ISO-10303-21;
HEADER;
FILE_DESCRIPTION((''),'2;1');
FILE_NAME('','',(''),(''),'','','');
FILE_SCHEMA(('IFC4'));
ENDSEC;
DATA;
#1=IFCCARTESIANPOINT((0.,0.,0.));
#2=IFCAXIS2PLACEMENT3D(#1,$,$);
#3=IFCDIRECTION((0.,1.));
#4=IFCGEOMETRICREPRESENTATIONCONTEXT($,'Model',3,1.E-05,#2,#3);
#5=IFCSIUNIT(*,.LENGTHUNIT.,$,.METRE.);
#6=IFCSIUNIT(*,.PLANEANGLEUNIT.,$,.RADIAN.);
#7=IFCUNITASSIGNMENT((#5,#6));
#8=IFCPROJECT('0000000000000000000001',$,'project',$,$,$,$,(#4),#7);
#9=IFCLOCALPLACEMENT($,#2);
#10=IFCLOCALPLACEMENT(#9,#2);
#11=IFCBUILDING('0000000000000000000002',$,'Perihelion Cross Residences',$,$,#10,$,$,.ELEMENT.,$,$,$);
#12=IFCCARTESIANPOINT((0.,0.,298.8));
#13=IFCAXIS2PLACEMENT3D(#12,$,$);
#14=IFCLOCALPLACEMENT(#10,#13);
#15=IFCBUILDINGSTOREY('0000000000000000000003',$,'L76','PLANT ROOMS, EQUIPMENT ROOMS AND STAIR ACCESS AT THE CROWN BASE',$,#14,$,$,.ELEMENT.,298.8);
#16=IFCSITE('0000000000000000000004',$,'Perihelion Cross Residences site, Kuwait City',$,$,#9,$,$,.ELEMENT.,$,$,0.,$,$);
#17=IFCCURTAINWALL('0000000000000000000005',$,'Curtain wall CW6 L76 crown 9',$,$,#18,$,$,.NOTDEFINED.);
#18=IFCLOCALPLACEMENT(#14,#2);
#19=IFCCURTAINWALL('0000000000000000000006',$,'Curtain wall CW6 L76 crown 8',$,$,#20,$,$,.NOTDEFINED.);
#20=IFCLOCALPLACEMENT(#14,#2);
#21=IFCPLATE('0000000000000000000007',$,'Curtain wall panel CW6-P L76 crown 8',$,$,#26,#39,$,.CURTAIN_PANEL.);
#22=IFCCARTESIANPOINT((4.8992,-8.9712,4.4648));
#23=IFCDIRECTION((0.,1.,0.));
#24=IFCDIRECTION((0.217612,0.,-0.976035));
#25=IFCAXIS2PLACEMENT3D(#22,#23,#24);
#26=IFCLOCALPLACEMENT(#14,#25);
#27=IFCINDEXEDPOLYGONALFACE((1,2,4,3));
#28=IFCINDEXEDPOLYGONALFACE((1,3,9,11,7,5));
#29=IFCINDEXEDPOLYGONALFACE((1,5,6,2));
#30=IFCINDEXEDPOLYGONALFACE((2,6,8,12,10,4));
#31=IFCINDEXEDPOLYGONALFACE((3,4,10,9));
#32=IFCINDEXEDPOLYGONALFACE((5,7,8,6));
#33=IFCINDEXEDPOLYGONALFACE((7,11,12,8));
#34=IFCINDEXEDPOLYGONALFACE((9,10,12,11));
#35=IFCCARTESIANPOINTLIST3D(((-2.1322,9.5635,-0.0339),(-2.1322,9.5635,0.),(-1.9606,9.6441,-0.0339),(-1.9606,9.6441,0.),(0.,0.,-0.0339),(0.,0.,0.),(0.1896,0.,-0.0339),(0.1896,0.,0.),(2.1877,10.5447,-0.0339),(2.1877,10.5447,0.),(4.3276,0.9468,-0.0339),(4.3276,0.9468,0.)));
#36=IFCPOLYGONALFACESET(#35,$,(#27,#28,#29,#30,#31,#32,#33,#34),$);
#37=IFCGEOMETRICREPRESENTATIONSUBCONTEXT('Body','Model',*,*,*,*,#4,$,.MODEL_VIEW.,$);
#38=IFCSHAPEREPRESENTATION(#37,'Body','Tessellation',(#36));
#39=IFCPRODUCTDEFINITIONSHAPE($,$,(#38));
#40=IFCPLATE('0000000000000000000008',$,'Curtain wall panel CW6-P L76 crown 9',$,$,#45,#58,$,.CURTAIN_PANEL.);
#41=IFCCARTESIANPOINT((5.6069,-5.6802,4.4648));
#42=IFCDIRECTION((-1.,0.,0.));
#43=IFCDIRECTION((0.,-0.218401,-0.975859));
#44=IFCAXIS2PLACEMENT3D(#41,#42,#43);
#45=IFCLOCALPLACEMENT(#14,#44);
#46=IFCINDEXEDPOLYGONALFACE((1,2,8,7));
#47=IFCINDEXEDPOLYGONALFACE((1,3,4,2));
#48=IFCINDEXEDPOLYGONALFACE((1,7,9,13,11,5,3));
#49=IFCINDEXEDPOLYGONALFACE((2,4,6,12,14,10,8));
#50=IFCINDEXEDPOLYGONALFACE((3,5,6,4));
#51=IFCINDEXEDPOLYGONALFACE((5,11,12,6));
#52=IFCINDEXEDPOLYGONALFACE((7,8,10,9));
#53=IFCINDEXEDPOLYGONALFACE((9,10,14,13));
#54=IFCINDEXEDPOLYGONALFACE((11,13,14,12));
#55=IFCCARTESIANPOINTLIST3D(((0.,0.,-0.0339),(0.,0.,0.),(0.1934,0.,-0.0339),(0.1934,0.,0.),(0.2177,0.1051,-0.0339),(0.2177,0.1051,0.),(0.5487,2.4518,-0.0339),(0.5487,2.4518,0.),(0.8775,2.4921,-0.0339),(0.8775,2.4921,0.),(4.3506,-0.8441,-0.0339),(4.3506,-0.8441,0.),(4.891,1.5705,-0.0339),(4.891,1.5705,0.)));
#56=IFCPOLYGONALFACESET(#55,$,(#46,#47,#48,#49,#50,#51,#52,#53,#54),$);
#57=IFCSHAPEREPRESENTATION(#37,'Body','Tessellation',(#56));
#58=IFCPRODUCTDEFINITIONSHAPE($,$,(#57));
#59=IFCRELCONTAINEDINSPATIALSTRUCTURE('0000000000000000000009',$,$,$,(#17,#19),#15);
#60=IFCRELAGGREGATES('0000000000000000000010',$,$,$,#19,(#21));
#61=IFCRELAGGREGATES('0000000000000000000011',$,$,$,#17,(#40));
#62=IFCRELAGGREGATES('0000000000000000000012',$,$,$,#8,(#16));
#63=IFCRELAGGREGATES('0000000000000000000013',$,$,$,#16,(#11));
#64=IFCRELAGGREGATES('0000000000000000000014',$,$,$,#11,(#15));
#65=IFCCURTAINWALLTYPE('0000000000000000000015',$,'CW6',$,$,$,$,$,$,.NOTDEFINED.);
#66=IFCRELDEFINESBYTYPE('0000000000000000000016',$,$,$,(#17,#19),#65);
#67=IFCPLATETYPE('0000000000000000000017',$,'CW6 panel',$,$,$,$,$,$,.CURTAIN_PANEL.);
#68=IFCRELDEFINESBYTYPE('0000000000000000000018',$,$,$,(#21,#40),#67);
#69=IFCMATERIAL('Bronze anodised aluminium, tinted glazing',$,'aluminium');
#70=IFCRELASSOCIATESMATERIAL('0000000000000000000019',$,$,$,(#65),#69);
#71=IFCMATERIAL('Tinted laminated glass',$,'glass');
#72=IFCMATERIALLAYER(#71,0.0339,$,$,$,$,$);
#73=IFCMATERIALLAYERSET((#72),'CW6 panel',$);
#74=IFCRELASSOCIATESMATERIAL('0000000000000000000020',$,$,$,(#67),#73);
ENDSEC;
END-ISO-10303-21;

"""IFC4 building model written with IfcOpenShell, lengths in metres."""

from ifc_helpers import new_model, si_unit, direction, frame, origin, place, context, subcontext, project, spatial, polyline, outline, extrude, material, layer, layer_set, type_object, element, aggregate, save


model = new_model("IFC4")

# Units and contexts
model_context = context("Model", 3, precision=1e-05, world=origin(), true_north=direction((0.0, 1.0)))
body_context = subcontext(model_context, "Body", "Model", "MODEL_VIEW")
ifc_project = project(units=[si_unit("LENGTHUNIT", "METRE"), si_unit("PLANEANGLEUNIT", "RADIAN")], contexts=[model_context])

# Site, building, storey
site_placement = place(None, origin())
site = spatial("IfcSite", under=ifc_project, at=site_placement, Name="Perihelion Cross Residences site, Kuwait City", CompositionType="ELEMENT", RefElevation=0.0)
building_placement = place(site_placement, origin())
building = spatial("IfcBuilding", under=site, at=building_placement, Name="Perihelion Cross Residences", CompositionType="ELEMENT")
storey_placement = place(building_placement, frame((0.0, 0.0, 298.8)))
storey = spatial("IfcBuildingStorey", under=building, at=storey_placement, Name="L76", Description="PLANT ROOMS, EQUIPMENT ROOMS AND STAIR ACCESS AT THE CROWN BASE", CompositionType="ELEMENT", Elevation=298.8)

# Curtain wall
ifc_material_1 = material(Name="Bronze anodised aluminium, tinted glazing", Category="aluminium")
curtain_wall_type = type_object("IfcCurtainWallType", Name="CW6", PredefinedType="NOTDEFINED", material=ifc_material_1)
curtain_wall_1_placement = place(storey_placement, origin())
curtain_wall_1 = element("IfcCurtainWall", 1, at=curtain_wall_1_placement, inside=storey, type_object=curtain_wall_type, Name="Curtain wall CW6 L76 crown 9", PredefinedType="NOTDEFINED")

# Curtain wall, plate
curtain_wall_2_placement = place(storey_placement, origin())
curtain_wall_2 = element("IfcCurtainWall", 2, at=curtain_wall_2_placement, inside=storey, type_object=curtain_wall_type, Name="Curtain wall CW6 L76 crown 8", PredefinedType="NOTDEFINED")
ifc_material_2 = material(Name="Tinted laminated glass", Category="glass")
ifc_layer_1 = layer(ifc_material_2, 0.0339)
ifc_layer_set_1 = layer_set([ifc_layer_1], Name="CW6 panel")
plate_type = type_object("IfcPlateType", Name="CW6 panel", PredefinedType="CURTAIN_PANEL", material=ifc_layer_set_1)
plate_1_placement = place(storey_placement, frame((4.8992, -8.9712, 4.4648), z_axis=(0.0, 1.0, 0.0), x_axis=(0.217612, 0.0, -0.976035)))
plate_1 = element("IfcPlate", 3, at=plate_1_placement, type_object=plate_type, Name="Curtain wall panel CW6-P L76 crown 8", PredefinedType="CURTAIN_PANEL", context=body_context, shape_type="SweptSolid", body=[
    extrude(outline(polyline([(0.0, 0.0), (0.1896, 0.0), (4.3276, 0.9468), (2.1877, 10.5447), (-1.9606, 9.6441), (-2.1322, 9.5635), (0.0, 0.0)])), origin(), (0.0, 0.0, -1.0), 0.0339),
])
aggregate(curtain_wall_2, [plate_1])

# Plate
plate_2_placement = place(storey_placement, frame((5.6069, -5.6802, 4.4648), z_axis=(-1.0, 0.0, 0.0), x_axis=(0.0, -0.218401, -0.975859)))
plate_2 = element("IfcPlate", 4, at=plate_2_placement, type_object=plate_type, Name="Curtain wall panel CW6-P L76 crown 9", PredefinedType="CURTAIN_PANEL", context=body_context, shape_type="SweptSolid", body=[
    extrude(outline(polyline([(0.0, 0.0), (0.1934, 0.0), (0.2177, 0.1051), (4.3506, -0.8441), (4.891, 1.5705), (0.8775, 2.4921), (0.5487, 2.4518), (0.0, 0.0)])), origin(), (0.0, 0.0, -1.0), 0.0339),
])
aggregate(curtain_wall_1, [plate_2])

save(model, "model.ifc")
